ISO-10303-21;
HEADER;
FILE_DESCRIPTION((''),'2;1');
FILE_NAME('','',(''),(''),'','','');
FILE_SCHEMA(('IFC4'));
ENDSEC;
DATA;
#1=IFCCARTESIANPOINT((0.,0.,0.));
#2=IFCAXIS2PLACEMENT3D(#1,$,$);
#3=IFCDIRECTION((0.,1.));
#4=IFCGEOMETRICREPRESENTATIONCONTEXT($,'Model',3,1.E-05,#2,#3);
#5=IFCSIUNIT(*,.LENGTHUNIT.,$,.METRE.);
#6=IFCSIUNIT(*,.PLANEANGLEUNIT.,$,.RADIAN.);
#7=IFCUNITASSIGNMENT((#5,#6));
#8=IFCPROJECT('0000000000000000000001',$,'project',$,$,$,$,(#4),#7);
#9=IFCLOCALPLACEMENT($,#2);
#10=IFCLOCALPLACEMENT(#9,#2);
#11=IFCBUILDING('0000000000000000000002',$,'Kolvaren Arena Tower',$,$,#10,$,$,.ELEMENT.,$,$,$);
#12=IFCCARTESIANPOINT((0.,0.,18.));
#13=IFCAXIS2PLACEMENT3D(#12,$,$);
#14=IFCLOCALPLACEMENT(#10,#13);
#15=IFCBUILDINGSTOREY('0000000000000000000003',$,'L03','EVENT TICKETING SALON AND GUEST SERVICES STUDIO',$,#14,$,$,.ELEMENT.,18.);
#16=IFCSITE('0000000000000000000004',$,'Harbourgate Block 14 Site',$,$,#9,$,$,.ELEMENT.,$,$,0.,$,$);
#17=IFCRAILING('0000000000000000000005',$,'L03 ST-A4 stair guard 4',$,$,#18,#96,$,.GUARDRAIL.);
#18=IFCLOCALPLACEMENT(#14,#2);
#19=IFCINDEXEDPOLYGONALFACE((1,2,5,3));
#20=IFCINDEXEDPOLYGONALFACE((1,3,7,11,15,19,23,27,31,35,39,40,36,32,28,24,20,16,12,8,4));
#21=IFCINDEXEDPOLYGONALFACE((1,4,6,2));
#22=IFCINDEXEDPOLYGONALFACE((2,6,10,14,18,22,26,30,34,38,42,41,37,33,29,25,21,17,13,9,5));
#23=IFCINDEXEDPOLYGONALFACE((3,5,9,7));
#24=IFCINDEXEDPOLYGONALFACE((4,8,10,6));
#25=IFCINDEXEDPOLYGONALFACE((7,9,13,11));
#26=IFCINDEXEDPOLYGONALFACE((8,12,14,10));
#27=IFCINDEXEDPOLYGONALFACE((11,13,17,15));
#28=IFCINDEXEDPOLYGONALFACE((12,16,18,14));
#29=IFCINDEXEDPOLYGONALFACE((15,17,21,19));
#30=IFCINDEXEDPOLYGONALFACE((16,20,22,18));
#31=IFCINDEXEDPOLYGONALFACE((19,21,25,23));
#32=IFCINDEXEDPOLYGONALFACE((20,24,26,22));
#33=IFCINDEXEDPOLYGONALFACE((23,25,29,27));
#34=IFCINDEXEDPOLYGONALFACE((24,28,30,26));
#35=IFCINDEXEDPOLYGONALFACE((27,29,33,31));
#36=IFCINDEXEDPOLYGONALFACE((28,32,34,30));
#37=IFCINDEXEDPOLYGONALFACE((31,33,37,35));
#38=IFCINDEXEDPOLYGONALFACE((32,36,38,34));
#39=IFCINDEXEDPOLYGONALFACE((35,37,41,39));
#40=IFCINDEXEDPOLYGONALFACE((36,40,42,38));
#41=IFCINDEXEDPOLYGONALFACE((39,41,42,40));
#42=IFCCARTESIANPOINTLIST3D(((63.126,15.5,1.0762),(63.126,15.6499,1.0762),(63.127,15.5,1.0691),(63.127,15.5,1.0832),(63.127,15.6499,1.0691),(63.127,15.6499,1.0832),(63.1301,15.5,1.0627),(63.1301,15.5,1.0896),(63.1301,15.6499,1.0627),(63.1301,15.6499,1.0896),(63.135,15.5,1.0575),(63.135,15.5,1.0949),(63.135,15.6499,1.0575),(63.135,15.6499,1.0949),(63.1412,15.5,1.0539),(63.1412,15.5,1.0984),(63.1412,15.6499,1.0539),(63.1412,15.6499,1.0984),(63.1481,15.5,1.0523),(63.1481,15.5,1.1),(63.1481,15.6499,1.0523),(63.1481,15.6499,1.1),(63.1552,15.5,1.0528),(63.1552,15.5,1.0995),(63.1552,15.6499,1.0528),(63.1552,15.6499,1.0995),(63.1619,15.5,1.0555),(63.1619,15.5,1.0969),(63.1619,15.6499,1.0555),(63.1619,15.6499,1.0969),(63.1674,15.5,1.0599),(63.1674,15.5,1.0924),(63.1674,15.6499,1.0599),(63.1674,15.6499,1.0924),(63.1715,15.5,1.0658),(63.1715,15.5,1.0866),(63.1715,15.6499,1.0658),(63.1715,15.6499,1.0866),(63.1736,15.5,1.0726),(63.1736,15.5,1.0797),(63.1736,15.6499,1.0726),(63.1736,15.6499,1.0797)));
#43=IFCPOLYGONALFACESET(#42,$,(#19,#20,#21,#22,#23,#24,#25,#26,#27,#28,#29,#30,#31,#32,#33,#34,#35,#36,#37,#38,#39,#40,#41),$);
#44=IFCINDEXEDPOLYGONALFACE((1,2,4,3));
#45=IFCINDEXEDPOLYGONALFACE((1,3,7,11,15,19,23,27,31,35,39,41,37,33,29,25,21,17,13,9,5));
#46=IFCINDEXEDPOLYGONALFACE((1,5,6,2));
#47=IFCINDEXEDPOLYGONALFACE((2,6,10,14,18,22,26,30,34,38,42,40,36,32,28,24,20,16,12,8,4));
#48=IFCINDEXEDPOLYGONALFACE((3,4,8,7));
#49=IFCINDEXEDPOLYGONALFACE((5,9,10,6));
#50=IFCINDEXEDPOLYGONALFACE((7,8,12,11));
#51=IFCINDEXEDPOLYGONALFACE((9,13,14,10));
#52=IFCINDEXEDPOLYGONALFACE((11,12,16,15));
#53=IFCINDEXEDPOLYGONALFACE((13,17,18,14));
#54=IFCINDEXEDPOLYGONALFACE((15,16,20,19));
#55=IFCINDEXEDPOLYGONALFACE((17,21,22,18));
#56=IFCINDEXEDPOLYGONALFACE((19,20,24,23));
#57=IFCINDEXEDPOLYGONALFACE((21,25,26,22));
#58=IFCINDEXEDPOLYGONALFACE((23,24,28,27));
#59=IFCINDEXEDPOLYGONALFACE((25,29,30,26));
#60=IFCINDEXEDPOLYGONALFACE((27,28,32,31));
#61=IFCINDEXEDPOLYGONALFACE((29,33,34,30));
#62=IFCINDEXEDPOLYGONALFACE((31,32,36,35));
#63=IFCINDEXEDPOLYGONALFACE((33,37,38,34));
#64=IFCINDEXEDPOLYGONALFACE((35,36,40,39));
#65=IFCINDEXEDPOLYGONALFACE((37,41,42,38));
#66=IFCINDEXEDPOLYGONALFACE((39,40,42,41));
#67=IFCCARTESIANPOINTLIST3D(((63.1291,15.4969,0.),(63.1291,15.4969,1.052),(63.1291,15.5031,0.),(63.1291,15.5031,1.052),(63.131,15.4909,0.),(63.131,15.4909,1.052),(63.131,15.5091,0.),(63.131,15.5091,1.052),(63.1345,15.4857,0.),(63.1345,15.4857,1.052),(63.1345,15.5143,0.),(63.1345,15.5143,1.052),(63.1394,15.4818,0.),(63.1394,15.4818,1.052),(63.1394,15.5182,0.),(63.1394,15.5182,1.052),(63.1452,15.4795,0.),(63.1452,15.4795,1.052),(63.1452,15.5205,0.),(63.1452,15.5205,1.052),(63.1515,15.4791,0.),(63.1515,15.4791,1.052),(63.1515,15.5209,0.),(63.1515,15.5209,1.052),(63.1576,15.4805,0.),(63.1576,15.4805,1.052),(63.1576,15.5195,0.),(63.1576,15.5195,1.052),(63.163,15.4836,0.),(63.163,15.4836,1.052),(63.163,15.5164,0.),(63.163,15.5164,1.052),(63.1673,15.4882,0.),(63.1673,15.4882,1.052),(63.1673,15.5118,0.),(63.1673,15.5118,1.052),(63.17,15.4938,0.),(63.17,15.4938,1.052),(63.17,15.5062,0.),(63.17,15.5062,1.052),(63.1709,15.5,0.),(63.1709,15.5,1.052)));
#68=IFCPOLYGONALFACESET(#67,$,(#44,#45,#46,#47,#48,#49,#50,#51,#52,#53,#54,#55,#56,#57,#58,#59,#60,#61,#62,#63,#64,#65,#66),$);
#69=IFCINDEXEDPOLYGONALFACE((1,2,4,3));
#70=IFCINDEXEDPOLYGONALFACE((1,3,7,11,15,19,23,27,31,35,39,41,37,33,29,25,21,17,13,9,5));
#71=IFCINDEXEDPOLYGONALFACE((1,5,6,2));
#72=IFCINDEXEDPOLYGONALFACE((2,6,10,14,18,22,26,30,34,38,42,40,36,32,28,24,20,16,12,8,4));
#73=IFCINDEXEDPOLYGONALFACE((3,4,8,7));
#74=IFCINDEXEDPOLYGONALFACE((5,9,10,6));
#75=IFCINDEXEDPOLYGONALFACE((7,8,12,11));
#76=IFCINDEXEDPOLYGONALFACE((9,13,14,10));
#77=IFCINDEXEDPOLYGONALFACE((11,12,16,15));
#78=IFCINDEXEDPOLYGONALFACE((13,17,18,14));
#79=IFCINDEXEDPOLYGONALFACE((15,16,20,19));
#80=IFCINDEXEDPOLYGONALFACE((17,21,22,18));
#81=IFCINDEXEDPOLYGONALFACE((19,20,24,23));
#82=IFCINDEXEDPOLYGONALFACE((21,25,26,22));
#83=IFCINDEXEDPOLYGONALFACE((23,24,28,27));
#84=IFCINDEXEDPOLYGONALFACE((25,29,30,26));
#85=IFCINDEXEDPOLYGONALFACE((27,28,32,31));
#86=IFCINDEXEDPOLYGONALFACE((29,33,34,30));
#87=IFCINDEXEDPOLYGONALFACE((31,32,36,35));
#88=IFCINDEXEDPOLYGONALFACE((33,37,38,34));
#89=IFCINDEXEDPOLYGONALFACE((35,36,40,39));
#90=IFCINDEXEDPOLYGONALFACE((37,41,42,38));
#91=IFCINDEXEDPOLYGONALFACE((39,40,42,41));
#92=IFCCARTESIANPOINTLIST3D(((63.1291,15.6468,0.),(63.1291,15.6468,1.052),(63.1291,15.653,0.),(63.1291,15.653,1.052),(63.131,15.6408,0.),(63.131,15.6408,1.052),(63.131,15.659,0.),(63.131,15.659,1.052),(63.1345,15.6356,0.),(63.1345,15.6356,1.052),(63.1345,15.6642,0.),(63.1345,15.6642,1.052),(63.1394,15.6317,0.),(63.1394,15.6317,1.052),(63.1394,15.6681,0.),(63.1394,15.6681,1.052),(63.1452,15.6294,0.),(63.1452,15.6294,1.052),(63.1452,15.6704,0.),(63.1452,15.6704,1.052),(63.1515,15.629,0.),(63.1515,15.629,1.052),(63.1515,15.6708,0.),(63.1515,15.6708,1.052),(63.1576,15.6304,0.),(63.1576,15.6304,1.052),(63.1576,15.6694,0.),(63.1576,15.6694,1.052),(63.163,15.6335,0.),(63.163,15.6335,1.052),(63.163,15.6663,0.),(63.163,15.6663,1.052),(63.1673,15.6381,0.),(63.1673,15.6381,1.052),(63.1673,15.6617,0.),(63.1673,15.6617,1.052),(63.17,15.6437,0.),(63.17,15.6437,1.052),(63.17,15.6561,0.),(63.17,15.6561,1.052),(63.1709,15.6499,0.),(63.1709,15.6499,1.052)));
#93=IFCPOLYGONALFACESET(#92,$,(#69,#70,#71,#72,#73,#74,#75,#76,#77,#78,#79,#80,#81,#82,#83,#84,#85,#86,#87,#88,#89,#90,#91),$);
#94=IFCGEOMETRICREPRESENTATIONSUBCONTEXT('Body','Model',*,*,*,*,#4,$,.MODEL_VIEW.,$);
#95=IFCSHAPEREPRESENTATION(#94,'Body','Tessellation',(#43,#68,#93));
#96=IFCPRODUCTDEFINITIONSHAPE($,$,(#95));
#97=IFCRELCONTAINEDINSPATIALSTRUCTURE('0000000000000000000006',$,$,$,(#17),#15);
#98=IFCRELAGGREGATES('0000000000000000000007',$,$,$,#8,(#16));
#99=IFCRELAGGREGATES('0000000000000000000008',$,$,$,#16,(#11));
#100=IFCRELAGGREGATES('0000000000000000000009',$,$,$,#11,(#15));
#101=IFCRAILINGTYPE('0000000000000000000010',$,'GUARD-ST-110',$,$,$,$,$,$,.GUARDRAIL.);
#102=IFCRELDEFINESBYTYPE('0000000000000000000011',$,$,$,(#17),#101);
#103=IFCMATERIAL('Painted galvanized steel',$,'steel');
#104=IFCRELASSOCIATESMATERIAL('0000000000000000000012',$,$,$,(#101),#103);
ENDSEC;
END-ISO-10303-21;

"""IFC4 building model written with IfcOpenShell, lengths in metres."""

from ifc_helpers import new_model, si_unit, direction, frame, origin, origin_2d, place, context, subcontext, project, spatial, circle, extrude, material, type_object, element, save


model = new_model("IFC4")

# Units and contexts
model_context = context("Model", 3, precision=1e-05, world=origin(), true_north=direction((0.0, 1.0)))
body_context = subcontext(model_context, "Body", "Model", "MODEL_VIEW")
ifc_project = project(units=[si_unit("LENGTHUNIT", "METRE"), si_unit("PLANEANGLEUNIT", "RADIAN")], contexts=[model_context])

# Site, building, storey
site_placement = place(None, origin())
site = spatial("IfcSite", under=ifc_project, at=site_placement, Name="Harbourgate Block 14 Site", CompositionType="ELEMENT", RefElevation=0.0)
building_placement = place(site_placement, origin())
building = spatial("IfcBuilding", under=site, at=building_placement, Name="Kolvaren Arena Tower", CompositionType="ELEMENT")
storey_placement = place(building_placement, frame((0.0, 0.0, 18.0)))
storey = spatial("IfcBuildingStorey", under=building, at=storey_placement, Name="L03", Description="EVENT TICKETING SALON AND GUEST SERVICES STUDIO", CompositionType="ELEMENT", Elevation=18.0)

# Railing
ifc_material_1 = material(Name="Painted galvanized steel", Category="steel")
railing_type_1 = type_object("IfcRailingType", Name="GUARD-ST-110", PredefinedType="GUARDRAIL", material=ifc_material_1)
railing_1_placement = place(storey_placement, frame((63.1499, 15.5, 0.0)))
element("IfcRailing", 1, at=railing_1_placement, inside=storey, type_object=railing_type_1, Name="L03 ST-A4 stair guard 4", PredefinedType="GUARDRAIL", context=body_context, shape_type="SweptSolid", body=[
    extrude(circle(Radius=0.0239, at=origin_2d()), frame((0.0, 0.0, 1.0762), z_axis=(0.0, 1.0, 0.0), x_axis=(-1.0, 0.0, 0.0)), (0.0, 0.0, 1.0), 0.1499),
    extrude(circle(Radius=0.021, at=origin_2d()), origin(), (0.0, 0.0, 1.0), 1.052),
    extrude(circle(Radius=0.021, at=origin_2d()), frame((0.0, 0.1499, 0.0)), (0.0, 0.0, 1.0), 1.052),
])

save(model, "model.ifc")
